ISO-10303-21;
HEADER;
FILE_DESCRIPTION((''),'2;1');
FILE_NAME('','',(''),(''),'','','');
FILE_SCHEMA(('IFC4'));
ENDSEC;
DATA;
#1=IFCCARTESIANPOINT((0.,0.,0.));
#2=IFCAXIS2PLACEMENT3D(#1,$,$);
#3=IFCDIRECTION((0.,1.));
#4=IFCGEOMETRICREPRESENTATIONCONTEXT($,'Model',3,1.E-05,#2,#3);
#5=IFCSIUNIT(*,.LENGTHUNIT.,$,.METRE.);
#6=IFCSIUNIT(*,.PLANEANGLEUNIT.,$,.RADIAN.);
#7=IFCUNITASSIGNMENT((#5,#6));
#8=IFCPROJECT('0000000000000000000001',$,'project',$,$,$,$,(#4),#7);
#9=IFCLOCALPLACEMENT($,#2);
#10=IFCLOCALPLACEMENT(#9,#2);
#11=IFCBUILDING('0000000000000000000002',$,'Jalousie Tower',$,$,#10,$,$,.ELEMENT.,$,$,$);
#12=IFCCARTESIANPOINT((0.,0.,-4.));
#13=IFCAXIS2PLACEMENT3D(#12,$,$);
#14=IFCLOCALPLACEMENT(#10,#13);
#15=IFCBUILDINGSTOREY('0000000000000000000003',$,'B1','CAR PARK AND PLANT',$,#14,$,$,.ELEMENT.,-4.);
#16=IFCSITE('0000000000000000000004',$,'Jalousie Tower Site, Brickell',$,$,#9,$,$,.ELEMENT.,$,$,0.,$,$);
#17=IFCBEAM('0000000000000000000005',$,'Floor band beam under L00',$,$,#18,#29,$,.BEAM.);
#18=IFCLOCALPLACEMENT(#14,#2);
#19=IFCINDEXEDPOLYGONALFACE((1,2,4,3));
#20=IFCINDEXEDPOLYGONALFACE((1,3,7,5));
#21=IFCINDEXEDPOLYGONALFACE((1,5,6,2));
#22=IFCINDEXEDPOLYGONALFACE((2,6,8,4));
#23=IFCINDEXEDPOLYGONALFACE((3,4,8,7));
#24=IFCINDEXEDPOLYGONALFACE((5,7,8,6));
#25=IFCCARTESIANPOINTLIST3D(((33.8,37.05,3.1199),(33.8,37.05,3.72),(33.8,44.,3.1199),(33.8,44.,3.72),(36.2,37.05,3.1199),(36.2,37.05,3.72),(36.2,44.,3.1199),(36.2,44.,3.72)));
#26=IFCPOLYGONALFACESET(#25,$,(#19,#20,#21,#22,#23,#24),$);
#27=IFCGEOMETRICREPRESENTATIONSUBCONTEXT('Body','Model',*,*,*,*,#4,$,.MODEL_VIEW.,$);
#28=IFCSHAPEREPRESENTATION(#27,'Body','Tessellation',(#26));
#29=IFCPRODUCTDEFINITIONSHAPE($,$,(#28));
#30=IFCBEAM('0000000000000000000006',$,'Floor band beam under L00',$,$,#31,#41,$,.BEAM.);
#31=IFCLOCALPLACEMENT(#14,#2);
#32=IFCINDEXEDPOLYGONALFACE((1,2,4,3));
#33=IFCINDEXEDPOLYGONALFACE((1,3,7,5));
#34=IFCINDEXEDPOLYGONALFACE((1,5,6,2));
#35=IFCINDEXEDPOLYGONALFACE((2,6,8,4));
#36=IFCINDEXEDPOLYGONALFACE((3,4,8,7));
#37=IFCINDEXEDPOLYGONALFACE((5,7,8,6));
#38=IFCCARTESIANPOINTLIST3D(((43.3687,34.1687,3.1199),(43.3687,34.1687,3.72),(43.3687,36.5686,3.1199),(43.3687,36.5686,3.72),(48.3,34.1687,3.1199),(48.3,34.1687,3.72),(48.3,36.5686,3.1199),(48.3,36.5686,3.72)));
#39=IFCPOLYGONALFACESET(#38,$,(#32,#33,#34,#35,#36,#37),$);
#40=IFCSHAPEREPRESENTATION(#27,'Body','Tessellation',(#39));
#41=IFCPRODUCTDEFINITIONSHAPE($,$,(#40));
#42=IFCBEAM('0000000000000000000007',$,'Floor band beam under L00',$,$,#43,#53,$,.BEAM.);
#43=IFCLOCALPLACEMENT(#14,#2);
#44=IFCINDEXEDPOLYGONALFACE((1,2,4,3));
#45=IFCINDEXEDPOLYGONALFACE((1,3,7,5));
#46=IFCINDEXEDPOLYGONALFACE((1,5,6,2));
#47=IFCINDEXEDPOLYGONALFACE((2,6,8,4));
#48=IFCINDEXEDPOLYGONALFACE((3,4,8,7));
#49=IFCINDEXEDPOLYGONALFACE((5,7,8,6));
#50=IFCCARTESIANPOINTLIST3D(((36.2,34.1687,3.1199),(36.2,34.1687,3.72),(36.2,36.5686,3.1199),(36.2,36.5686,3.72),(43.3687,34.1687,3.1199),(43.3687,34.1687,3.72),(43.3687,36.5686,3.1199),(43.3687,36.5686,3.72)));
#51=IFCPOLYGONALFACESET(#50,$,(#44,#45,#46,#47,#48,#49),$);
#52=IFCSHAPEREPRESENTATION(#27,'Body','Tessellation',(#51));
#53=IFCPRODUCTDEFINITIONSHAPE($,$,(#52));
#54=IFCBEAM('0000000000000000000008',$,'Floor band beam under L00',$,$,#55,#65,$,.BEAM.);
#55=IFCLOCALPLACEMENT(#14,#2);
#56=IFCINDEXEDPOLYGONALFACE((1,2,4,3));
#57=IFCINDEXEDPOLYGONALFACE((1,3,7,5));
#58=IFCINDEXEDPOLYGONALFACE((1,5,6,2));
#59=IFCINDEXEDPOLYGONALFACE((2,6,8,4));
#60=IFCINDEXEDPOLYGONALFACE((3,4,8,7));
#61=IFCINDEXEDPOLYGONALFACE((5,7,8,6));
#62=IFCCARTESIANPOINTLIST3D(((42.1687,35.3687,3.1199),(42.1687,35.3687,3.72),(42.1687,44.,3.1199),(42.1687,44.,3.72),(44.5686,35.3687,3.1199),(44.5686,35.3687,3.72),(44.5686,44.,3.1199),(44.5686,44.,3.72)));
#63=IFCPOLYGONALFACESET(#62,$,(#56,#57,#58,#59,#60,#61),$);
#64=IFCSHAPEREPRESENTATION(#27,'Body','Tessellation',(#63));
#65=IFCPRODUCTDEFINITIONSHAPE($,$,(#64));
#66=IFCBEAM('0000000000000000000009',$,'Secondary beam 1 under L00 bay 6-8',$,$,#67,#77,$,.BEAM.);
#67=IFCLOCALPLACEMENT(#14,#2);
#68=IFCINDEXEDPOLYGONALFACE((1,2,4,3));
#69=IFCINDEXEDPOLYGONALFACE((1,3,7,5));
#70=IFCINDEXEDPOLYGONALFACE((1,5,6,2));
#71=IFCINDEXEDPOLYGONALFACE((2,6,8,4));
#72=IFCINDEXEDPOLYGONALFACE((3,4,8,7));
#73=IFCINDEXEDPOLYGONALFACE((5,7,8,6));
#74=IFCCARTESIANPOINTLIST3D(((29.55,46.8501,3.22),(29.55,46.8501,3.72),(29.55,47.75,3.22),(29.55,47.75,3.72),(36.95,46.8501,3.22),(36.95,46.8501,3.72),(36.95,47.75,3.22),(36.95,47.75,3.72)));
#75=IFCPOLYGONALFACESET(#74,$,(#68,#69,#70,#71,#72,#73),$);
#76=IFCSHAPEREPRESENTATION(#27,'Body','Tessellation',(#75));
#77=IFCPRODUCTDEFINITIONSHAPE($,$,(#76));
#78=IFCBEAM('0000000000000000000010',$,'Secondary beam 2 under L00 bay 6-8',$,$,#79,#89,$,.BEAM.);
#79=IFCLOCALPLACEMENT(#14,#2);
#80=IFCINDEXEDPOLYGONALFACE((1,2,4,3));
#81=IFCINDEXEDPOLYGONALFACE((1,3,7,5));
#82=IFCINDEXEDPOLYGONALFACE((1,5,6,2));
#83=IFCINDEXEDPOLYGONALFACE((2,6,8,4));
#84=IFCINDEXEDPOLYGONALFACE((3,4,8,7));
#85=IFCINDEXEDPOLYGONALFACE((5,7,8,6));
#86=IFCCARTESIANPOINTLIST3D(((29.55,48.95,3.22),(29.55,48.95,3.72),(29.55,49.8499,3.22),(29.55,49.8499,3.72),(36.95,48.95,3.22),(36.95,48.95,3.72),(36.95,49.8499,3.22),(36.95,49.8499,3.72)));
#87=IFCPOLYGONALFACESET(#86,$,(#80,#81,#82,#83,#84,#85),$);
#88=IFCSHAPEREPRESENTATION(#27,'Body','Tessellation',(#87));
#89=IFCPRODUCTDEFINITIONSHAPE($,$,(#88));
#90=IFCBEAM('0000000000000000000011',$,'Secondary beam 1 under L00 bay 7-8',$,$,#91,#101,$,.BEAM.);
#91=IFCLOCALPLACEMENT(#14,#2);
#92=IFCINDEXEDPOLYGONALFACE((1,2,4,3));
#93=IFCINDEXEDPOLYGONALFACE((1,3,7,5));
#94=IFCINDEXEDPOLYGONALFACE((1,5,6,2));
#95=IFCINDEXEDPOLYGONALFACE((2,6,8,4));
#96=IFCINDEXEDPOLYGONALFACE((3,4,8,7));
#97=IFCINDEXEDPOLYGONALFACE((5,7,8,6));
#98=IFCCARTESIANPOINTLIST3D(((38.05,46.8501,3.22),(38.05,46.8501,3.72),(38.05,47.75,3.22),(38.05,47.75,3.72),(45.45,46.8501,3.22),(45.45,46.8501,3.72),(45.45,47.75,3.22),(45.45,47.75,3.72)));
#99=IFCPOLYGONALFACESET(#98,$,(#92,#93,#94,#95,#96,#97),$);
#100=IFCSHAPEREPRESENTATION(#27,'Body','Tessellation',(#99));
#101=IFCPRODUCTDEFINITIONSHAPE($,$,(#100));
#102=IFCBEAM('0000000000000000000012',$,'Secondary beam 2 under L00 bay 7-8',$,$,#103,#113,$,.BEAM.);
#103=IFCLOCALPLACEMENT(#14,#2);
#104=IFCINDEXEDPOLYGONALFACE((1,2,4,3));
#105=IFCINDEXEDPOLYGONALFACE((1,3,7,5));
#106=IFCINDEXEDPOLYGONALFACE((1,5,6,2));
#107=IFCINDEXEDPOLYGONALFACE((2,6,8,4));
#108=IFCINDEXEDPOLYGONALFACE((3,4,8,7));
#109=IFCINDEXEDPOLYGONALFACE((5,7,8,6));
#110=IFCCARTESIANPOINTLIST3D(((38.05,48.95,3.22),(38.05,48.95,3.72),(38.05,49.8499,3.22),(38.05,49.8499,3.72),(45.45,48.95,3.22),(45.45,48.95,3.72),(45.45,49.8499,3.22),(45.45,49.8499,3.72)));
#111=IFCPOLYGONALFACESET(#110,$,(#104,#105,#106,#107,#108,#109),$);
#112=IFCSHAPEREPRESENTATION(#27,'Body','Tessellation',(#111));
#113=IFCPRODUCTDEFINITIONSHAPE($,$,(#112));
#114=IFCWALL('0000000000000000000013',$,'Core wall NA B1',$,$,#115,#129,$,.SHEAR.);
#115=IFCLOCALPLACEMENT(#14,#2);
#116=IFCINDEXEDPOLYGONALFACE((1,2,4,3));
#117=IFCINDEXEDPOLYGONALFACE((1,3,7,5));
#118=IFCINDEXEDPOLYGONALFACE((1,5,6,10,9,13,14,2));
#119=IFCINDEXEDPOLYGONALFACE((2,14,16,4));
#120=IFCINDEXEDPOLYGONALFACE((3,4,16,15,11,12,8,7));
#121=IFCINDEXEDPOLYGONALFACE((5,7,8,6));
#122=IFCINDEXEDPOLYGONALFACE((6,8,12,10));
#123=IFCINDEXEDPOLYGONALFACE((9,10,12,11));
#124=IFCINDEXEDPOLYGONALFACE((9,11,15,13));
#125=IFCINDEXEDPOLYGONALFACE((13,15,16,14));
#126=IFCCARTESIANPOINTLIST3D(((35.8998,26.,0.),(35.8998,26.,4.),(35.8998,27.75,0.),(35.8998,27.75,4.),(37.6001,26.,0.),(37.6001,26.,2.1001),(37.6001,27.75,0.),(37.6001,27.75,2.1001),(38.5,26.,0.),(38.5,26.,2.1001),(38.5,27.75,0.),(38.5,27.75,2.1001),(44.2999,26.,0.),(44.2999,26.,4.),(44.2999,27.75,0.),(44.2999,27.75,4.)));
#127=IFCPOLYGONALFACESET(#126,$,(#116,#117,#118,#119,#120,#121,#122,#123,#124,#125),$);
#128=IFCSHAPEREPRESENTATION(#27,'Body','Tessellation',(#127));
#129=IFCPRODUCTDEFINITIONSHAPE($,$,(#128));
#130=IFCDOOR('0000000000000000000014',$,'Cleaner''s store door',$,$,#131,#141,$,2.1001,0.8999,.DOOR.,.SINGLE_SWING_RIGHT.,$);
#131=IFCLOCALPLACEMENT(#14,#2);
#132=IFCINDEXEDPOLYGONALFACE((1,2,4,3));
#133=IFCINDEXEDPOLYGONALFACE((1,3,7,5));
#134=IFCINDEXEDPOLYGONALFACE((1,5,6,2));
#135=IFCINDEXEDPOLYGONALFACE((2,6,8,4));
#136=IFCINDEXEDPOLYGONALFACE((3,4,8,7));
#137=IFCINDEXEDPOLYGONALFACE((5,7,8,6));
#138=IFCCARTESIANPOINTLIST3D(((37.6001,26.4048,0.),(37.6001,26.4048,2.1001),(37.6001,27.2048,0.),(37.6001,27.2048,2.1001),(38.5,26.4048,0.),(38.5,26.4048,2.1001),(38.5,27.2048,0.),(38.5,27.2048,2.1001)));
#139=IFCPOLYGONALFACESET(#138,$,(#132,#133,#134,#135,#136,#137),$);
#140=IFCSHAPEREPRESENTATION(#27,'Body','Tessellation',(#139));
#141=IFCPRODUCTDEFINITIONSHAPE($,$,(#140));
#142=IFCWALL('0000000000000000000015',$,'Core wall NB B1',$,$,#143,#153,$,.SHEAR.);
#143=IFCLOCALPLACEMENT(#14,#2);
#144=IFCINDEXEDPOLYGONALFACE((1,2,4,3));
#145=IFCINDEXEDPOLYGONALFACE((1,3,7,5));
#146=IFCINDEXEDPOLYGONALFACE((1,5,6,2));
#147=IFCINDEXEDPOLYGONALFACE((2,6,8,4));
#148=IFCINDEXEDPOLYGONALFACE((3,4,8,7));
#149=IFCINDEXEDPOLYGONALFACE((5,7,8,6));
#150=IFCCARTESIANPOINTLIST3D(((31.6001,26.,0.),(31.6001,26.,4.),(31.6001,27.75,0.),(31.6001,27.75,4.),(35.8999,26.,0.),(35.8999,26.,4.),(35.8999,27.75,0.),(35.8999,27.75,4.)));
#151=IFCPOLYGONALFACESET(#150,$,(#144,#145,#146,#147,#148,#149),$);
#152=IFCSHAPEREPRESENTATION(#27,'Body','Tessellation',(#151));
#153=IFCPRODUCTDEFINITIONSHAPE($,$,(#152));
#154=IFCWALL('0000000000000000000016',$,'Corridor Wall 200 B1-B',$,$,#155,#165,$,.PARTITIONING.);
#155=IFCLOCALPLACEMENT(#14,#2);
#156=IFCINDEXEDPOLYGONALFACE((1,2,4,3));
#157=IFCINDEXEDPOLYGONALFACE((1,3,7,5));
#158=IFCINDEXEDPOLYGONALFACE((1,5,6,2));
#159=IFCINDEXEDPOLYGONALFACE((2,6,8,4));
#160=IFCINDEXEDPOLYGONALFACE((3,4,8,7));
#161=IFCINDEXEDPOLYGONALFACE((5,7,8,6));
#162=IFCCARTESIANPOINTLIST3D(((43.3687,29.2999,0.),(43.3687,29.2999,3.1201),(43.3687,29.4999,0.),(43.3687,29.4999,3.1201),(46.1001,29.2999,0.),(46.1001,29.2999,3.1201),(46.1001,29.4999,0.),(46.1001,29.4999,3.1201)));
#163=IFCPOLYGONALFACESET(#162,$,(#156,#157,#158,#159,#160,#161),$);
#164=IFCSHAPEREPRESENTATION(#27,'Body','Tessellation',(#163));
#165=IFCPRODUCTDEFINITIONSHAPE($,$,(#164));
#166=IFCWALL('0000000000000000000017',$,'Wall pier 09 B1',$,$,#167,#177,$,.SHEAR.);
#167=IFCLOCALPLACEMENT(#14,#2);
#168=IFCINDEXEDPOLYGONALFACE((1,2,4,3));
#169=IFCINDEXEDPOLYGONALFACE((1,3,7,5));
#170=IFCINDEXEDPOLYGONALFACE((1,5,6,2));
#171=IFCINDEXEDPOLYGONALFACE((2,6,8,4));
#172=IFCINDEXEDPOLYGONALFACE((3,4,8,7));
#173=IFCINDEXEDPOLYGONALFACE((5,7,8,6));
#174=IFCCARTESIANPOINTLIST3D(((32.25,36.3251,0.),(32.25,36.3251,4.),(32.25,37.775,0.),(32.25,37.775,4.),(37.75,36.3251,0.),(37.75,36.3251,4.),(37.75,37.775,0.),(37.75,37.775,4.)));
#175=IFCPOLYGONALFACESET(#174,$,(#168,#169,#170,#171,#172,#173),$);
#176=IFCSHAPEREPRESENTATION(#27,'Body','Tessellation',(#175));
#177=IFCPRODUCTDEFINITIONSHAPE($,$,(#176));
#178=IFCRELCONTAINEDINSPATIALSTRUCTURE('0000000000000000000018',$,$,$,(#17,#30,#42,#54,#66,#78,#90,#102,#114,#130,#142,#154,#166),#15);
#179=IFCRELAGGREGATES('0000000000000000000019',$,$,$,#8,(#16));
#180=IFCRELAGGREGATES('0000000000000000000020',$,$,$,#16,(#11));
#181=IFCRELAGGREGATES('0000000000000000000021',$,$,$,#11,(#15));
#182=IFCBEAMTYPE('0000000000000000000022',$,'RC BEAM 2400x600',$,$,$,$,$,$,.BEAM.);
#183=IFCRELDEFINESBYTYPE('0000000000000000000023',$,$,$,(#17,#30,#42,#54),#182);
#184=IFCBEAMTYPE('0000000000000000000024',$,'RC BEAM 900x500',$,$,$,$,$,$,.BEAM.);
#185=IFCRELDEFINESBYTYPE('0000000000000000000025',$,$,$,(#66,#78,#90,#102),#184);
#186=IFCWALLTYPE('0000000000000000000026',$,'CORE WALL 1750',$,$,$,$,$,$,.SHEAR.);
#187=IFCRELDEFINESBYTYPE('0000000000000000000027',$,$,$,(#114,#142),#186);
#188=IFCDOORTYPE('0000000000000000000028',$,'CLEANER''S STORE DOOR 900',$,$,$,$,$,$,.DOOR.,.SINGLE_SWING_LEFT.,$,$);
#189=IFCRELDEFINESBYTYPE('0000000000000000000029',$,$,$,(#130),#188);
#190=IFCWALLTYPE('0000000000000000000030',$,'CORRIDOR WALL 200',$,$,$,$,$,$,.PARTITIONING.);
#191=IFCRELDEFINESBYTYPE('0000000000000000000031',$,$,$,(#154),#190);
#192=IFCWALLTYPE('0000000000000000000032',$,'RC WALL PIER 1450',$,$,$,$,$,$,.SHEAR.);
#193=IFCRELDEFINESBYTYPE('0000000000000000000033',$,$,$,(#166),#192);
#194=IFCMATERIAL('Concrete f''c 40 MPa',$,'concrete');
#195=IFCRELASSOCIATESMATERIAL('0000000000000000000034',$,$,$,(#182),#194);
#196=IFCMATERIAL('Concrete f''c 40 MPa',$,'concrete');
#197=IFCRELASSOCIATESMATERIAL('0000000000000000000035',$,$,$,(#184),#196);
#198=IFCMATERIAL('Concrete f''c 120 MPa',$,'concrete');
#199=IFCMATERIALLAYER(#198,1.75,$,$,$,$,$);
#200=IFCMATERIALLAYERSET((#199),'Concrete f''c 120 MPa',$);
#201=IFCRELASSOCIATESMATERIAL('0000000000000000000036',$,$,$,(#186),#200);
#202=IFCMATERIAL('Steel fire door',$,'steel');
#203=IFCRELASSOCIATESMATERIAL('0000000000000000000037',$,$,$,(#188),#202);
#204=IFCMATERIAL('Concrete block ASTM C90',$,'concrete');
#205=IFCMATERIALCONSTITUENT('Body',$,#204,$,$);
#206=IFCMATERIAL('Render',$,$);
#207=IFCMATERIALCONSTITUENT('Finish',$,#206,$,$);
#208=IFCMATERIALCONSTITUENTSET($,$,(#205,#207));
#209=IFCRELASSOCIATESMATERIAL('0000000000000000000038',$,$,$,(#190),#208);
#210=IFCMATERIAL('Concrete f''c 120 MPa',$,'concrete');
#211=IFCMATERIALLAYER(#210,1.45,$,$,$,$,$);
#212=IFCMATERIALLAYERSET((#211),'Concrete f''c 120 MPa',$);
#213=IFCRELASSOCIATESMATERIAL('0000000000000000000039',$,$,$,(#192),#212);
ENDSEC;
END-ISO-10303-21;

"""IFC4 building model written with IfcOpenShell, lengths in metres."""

from ifc_helpers import new_model, si_unit, direction, frame, frame_2d, origin, origin_2d, place, context, subcontext, project, spatial, rectangle, extrude, material, layer, layer_set, constituent, constituent_set, material_profile, profile_set, type_object, element, fill, save


model = new_model("IFC4")

# Units and contexts
model_context = context("Model", 3, precision=1e-05, world=origin(), true_north=direction((0.0, 1.0)))
body_context = subcontext(model_context, "Body", "Model", "MODEL_VIEW")
ifc_project = project(units=[si_unit("LENGTHUNIT", "METRE"), si_unit("PLANEANGLEUNIT", "RADIAN")], contexts=[model_context])

# Site, building, storey
site_placement = place(None, origin())
site = spatial("IfcSite", under=ifc_project, at=site_placement, Name="Jalousie Tower Site, Brickell", CompositionType="ELEMENT", RefElevation=0.0)
building_placement = place(site_placement, origin())
building = spatial("IfcBuilding", under=site, at=building_placement, Name="Jalousie Tower", CompositionType="ELEMENT")
storey_placement = place(building_placement, frame((0.0, 0.0, -4.0)))
storey = spatial("IfcBuildingStorey", under=building, at=storey_placement, Name="B1", Description="CAR PARK AND PLANT", CompositionType="ELEMENT", Elevation=-4.0)

# Beams
ifc_material_1 = material(Name="Concrete f'c 40 MPa", Category="concrete")
ifc_material_profile_1 = material_profile(ifc_material_1, rectangle(XDim=2.3999, YDim=0.6001, at=origin_2d()), Name="RC 2400x600")
ifc_profile_set_1 = profile_set([ifc_material_profile_1], Name="Concrete f'c 40 MPa")
beam_type_1 = type_object("IfcBeamType", Name="RC BEAM 2400x600", PredefinedType="BEAM", material=ifc_profile_set_1)
for number, where, z_axis, x_axis, name in (
    (1, (35.0, 37.05, 3.4199), (0.0, 1.0, 0.0), (-1.0, 0.0, 0.0), "Floor band beam under L00"),
):
    element("IfcBeam", number, at=place(storey_placement, frame(where, z_axis=z_axis, x_axis=x_axis)), inside=storey, type_object=beam_type_1, Name=name, PredefinedType="BEAM", context=body_context, shape_type="SweptSolid", body=[
        extrude(rectangle(XDim=2.3999, YDim=0.6001, at=origin_2d()), origin(), (0.0, 0.0, 1.0), 6.95),
    ])
beam_1_placement = place(storey_placement, frame((43.3687, 35.3687, 3.4199), z_axis=(1.0, 0.0, 0.0), x_axis=(0.0, 1.0, 0.0)))
element("IfcBeam", 2, at=beam_1_placement, inside=storey, type_object=beam_type_1, Name="Floor band beam under L00", PredefinedType="BEAM", context=body_context, shape_type="SweptSolid", body=[
    extrude(rectangle(XDim=2.3999, YDim=0.6001, at=origin_2d()), origin(), (0.0, 0.0, 1.0), 4.9314),
])
beam_2_placement = place(storey_placement, frame((43.3687, 35.3687, 3.4199), z_axis=(-1.0, 0.0, 0.0), x_axis=(0.0, -1.0, 0.0)))
element("IfcBeam", 3, at=beam_2_placement, inside=storey, type_object=beam_type_1, Name="Floor band beam under L00", PredefinedType="BEAM", context=body_context, shape_type="SweptSolid", body=[
    extrude(rectangle(XDim=2.3999, YDim=0.6001, at=origin_2d()), origin(), (0.0, 0.0, 1.0), 7.1687),
])
beam_3_placement = place(storey_placement, frame((43.3687, 35.3687, 3.4199), z_axis=(0.0, 1.0, 0.0), x_axis=(-1.0, 0.0, 0.0)))
element("IfcBeam", 4, at=beam_3_placement, inside=storey, type_object=beam_type_1, Name="Floor band beam under L00", PredefinedType="BEAM", context=body_context, shape_type="SweptSolid", body=[
    extrude(rectangle(XDim=2.3999, YDim=0.6001, at=origin_2d()), origin(), (0.0, 0.0, 1.0), 8.6313),
])
ifc_material_2 = material(Name="Concrete f'c 40 MPa", Category="concrete")
ifc_material_profile_2 = material_profile(ifc_material_2, rectangle(XDim=0.8999, YDim=0.5, at=origin_2d()), Name="RC 900x500")
ifc_profile_set_2 = profile_set([ifc_material_profile_2], Name="Concrete f'c 40 MPa")
beam_type_2 = type_object("IfcBeamType", Name="RC BEAM 900x500", PredefinedType="BEAM", material=ifc_profile_set_2)
for number, where, z_axis, x_axis, name in (
    (5, (29.55, 47.3, 3.47), (1.0, 0.0, 0.0), (0.0, 1.0, 0.0), "Secondary beam 1 under L00 bay 6-8"),
    (6, (29.55, 49.3999, 3.47), (1.0, 0.0, 0.0), (0.0, 1.0, 0.0), "Secondary beam 2 under L00 bay 6-8"),
    (7, (38.05, 47.3, 3.47), (1.0, 0.0, 0.0), (0.0, 1.0, 0.0), "Secondary beam 1 under L00 bay 7-8"),
    (8, (38.05, 49.3999, 3.47), (1.0, 0.0, 0.0), (0.0, 1.0, 0.0), "Secondary beam 2 under L00 bay 7-8"),
):
    element("IfcBeam", number, at=place(storey_placement, frame(where, z_axis=z_axis, x_axis=x_axis)), inside=storey, type_object=beam_type_2, Name=name, PredefinedType="BEAM", context=body_context, shape_type="SweptSolid", body=[
        extrude(rectangle(XDim=0.8999, YDim=0.5, at=origin_2d()), origin(), (0.0, 0.0, 1.0), 7.3999),
    ])

# Wall, opening, door
ifc_material_3 = material(Name="Concrete f'c 120 MPa", Category="concrete")
ifc_layer_1 = layer(ifc_material_3, 1.75)
ifc_layer_set_1 = layer_set([ifc_layer_1], Name="Concrete f'c 120 MPa")
wall_type_1 = type_object("IfcWallType", Name="CORE WALL 1750", PredefinedType="SHEAR", material=ifc_layer_set_1)
wall_1_placement = place(storey_placement, frame((44.3, 26.875, 0.0), z_axis=(0.0, 0.0, 1.0), x_axis=(-1.0, 0.0, 0.0)))
wall_1 = element("IfcWall", 9, at=wall_1_placement, inside=storey, type_object=wall_type_1, Name="Core wall NA B1", PredefinedType="SHEAR", context=body_context, shape_type="SweptSolid", body=[
    extrude(rectangle(XDim=8.4001, YDim=1.75, at=frame_2d((4.2002, 0.0))), origin(), (0.0, 0.0, 1.0), 4.0),
])
opening_placement = place(wall_1_placement, frame((5.8, 0.0, 0.0)))
opening = element("IfcOpeningElement", 10, at=opening_placement, cuts=wall_1, PredefinedType="OPENING", context=body_context, shape_type="SweptSolid", body=[
    extrude(rectangle(XDim=0.8999, YDim=2.1001, at=frame_2d((0.45, 1.05))), frame((0.0, 0.885, 0.0), z_axis=(0.0, -1.0, 0.0), x_axis=(1.0, 0.0, 0.0)), (0.0, 0.0, 1.0), 1.77),
])
ifc_material_4 = material(Name="Steel fire door", Category="steel")
door_type = type_object("IfcDoorType", Name="CLEANER'S STORE DOOR 900", OperationType="SINGLE_SWING_LEFT", PredefinedType="DOOR", material=ifc_material_4)
door_placement = place(opening_placement, origin())
door = element("IfcDoor", 11, at=door_placement, inside=storey, type_object=door_type, Name="Cleaner's store door", OperationType="SINGLE_SWING_RIGHT", OverallHeight=2.1001, OverallWidth=0.8999, PredefinedType="DOOR", context=body_context, shape_type="SweptSolid", body=[
    extrude(rectangle(XDim=0.8999, YDim=2.1001, at=frame_2d((0.45, 1.05))), frame((0.0, 0.4702, 0.0), z_axis=(0.0, -1.0, 0.0), x_axis=(1.0, 0.0, 0.0)), (0.0, 0.0, 1.0), 0.8),
])
fill(opening, door)

# Walls
wall_2_placement = place(storey_placement, frame((35.8999, 26.875, 0.0), z_axis=(0.0, 0.0, 1.0), x_axis=(-1.0, 0.0, 0.0)))
element("IfcWall", 12, at=wall_2_placement, inside=storey, type_object=wall_type_1, Name="Core wall NB B1", PredefinedType="SHEAR", context=body_context, shape_type="SweptSolid", body=[
    extrude(rectangle(XDim=4.2998, YDim=1.75, at=frame_2d((2.1499, 0.0))), origin(), (0.0, 0.0, 1.0), 4.0),
])
ifc_material_5 = material(Name="Concrete block ASTM C90", Category="concrete")
ifc_constituent_1 = constituent(ifc_material_5, Name="Body")
ifc_material_6 = material(Name="Render")
ifc_constituent_2 = constituent(ifc_material_6, Name="Finish")
ifc_constituent_set = constituent_set(constituents=[ifc_constituent_1, ifc_constituent_2])
wall_type_2 = type_object("IfcWallType", Name="CORRIDOR WALL 200", PredefinedType="PARTITIONING", material=ifc_constituent_set)
wall_3_placement = place(storey_placement, frame((43.3687, 29.3999, 0.0), z_axis=(0.0, 0.0, 1.0), x_axis=(1.0, 0.0, 0.0)))
element("IfcWall", 13, at=wall_3_placement, inside=storey, type_object=wall_type_2, Name="Corridor Wall 200 B1-B", PredefinedType="PARTITIONING", context=body_context, shape_type="SweptSolid", body=[
    extrude(rectangle(XDim=2.7314, YDim=0.2, at=frame_2d((1.3657, 0.0))), origin(), (0.0, 0.0, 1.0), 3.1201),
])
ifc_material_7 = material(Name="Concrete f'c 120 MPa", Category="concrete")
ifc_layer_2 = layer(ifc_material_7, 1.45)
ifc_layer_set_2 = layer_set([ifc_layer_2], Name="Concrete f'c 120 MPa")
wall_type_3 = type_object("IfcWallType", Name="RC WALL PIER 1450", PredefinedType="SHEAR", material=ifc_layer_set_2)
wall_4_placement = place(storey_placement, frame((32.25, 37.05, 0.0), z_axis=(0.0, 0.0, 1.0), x_axis=(1.0, 0.0, 0.0)))
element("IfcWall", 14, at=wall_4_placement, inside=storey, type_object=wall_type_3, Name="Wall pier 09 B1", PredefinedType="SHEAR", context=body_context, shape_type="SweptSolid", body=[
    extrude(rectangle(XDim=5.5, YDim=1.45, at=frame_2d((2.75, 0.0))), origin(), (0.0, 0.0, 1.0), 4.0),
])

save(model, "model.ifc")
